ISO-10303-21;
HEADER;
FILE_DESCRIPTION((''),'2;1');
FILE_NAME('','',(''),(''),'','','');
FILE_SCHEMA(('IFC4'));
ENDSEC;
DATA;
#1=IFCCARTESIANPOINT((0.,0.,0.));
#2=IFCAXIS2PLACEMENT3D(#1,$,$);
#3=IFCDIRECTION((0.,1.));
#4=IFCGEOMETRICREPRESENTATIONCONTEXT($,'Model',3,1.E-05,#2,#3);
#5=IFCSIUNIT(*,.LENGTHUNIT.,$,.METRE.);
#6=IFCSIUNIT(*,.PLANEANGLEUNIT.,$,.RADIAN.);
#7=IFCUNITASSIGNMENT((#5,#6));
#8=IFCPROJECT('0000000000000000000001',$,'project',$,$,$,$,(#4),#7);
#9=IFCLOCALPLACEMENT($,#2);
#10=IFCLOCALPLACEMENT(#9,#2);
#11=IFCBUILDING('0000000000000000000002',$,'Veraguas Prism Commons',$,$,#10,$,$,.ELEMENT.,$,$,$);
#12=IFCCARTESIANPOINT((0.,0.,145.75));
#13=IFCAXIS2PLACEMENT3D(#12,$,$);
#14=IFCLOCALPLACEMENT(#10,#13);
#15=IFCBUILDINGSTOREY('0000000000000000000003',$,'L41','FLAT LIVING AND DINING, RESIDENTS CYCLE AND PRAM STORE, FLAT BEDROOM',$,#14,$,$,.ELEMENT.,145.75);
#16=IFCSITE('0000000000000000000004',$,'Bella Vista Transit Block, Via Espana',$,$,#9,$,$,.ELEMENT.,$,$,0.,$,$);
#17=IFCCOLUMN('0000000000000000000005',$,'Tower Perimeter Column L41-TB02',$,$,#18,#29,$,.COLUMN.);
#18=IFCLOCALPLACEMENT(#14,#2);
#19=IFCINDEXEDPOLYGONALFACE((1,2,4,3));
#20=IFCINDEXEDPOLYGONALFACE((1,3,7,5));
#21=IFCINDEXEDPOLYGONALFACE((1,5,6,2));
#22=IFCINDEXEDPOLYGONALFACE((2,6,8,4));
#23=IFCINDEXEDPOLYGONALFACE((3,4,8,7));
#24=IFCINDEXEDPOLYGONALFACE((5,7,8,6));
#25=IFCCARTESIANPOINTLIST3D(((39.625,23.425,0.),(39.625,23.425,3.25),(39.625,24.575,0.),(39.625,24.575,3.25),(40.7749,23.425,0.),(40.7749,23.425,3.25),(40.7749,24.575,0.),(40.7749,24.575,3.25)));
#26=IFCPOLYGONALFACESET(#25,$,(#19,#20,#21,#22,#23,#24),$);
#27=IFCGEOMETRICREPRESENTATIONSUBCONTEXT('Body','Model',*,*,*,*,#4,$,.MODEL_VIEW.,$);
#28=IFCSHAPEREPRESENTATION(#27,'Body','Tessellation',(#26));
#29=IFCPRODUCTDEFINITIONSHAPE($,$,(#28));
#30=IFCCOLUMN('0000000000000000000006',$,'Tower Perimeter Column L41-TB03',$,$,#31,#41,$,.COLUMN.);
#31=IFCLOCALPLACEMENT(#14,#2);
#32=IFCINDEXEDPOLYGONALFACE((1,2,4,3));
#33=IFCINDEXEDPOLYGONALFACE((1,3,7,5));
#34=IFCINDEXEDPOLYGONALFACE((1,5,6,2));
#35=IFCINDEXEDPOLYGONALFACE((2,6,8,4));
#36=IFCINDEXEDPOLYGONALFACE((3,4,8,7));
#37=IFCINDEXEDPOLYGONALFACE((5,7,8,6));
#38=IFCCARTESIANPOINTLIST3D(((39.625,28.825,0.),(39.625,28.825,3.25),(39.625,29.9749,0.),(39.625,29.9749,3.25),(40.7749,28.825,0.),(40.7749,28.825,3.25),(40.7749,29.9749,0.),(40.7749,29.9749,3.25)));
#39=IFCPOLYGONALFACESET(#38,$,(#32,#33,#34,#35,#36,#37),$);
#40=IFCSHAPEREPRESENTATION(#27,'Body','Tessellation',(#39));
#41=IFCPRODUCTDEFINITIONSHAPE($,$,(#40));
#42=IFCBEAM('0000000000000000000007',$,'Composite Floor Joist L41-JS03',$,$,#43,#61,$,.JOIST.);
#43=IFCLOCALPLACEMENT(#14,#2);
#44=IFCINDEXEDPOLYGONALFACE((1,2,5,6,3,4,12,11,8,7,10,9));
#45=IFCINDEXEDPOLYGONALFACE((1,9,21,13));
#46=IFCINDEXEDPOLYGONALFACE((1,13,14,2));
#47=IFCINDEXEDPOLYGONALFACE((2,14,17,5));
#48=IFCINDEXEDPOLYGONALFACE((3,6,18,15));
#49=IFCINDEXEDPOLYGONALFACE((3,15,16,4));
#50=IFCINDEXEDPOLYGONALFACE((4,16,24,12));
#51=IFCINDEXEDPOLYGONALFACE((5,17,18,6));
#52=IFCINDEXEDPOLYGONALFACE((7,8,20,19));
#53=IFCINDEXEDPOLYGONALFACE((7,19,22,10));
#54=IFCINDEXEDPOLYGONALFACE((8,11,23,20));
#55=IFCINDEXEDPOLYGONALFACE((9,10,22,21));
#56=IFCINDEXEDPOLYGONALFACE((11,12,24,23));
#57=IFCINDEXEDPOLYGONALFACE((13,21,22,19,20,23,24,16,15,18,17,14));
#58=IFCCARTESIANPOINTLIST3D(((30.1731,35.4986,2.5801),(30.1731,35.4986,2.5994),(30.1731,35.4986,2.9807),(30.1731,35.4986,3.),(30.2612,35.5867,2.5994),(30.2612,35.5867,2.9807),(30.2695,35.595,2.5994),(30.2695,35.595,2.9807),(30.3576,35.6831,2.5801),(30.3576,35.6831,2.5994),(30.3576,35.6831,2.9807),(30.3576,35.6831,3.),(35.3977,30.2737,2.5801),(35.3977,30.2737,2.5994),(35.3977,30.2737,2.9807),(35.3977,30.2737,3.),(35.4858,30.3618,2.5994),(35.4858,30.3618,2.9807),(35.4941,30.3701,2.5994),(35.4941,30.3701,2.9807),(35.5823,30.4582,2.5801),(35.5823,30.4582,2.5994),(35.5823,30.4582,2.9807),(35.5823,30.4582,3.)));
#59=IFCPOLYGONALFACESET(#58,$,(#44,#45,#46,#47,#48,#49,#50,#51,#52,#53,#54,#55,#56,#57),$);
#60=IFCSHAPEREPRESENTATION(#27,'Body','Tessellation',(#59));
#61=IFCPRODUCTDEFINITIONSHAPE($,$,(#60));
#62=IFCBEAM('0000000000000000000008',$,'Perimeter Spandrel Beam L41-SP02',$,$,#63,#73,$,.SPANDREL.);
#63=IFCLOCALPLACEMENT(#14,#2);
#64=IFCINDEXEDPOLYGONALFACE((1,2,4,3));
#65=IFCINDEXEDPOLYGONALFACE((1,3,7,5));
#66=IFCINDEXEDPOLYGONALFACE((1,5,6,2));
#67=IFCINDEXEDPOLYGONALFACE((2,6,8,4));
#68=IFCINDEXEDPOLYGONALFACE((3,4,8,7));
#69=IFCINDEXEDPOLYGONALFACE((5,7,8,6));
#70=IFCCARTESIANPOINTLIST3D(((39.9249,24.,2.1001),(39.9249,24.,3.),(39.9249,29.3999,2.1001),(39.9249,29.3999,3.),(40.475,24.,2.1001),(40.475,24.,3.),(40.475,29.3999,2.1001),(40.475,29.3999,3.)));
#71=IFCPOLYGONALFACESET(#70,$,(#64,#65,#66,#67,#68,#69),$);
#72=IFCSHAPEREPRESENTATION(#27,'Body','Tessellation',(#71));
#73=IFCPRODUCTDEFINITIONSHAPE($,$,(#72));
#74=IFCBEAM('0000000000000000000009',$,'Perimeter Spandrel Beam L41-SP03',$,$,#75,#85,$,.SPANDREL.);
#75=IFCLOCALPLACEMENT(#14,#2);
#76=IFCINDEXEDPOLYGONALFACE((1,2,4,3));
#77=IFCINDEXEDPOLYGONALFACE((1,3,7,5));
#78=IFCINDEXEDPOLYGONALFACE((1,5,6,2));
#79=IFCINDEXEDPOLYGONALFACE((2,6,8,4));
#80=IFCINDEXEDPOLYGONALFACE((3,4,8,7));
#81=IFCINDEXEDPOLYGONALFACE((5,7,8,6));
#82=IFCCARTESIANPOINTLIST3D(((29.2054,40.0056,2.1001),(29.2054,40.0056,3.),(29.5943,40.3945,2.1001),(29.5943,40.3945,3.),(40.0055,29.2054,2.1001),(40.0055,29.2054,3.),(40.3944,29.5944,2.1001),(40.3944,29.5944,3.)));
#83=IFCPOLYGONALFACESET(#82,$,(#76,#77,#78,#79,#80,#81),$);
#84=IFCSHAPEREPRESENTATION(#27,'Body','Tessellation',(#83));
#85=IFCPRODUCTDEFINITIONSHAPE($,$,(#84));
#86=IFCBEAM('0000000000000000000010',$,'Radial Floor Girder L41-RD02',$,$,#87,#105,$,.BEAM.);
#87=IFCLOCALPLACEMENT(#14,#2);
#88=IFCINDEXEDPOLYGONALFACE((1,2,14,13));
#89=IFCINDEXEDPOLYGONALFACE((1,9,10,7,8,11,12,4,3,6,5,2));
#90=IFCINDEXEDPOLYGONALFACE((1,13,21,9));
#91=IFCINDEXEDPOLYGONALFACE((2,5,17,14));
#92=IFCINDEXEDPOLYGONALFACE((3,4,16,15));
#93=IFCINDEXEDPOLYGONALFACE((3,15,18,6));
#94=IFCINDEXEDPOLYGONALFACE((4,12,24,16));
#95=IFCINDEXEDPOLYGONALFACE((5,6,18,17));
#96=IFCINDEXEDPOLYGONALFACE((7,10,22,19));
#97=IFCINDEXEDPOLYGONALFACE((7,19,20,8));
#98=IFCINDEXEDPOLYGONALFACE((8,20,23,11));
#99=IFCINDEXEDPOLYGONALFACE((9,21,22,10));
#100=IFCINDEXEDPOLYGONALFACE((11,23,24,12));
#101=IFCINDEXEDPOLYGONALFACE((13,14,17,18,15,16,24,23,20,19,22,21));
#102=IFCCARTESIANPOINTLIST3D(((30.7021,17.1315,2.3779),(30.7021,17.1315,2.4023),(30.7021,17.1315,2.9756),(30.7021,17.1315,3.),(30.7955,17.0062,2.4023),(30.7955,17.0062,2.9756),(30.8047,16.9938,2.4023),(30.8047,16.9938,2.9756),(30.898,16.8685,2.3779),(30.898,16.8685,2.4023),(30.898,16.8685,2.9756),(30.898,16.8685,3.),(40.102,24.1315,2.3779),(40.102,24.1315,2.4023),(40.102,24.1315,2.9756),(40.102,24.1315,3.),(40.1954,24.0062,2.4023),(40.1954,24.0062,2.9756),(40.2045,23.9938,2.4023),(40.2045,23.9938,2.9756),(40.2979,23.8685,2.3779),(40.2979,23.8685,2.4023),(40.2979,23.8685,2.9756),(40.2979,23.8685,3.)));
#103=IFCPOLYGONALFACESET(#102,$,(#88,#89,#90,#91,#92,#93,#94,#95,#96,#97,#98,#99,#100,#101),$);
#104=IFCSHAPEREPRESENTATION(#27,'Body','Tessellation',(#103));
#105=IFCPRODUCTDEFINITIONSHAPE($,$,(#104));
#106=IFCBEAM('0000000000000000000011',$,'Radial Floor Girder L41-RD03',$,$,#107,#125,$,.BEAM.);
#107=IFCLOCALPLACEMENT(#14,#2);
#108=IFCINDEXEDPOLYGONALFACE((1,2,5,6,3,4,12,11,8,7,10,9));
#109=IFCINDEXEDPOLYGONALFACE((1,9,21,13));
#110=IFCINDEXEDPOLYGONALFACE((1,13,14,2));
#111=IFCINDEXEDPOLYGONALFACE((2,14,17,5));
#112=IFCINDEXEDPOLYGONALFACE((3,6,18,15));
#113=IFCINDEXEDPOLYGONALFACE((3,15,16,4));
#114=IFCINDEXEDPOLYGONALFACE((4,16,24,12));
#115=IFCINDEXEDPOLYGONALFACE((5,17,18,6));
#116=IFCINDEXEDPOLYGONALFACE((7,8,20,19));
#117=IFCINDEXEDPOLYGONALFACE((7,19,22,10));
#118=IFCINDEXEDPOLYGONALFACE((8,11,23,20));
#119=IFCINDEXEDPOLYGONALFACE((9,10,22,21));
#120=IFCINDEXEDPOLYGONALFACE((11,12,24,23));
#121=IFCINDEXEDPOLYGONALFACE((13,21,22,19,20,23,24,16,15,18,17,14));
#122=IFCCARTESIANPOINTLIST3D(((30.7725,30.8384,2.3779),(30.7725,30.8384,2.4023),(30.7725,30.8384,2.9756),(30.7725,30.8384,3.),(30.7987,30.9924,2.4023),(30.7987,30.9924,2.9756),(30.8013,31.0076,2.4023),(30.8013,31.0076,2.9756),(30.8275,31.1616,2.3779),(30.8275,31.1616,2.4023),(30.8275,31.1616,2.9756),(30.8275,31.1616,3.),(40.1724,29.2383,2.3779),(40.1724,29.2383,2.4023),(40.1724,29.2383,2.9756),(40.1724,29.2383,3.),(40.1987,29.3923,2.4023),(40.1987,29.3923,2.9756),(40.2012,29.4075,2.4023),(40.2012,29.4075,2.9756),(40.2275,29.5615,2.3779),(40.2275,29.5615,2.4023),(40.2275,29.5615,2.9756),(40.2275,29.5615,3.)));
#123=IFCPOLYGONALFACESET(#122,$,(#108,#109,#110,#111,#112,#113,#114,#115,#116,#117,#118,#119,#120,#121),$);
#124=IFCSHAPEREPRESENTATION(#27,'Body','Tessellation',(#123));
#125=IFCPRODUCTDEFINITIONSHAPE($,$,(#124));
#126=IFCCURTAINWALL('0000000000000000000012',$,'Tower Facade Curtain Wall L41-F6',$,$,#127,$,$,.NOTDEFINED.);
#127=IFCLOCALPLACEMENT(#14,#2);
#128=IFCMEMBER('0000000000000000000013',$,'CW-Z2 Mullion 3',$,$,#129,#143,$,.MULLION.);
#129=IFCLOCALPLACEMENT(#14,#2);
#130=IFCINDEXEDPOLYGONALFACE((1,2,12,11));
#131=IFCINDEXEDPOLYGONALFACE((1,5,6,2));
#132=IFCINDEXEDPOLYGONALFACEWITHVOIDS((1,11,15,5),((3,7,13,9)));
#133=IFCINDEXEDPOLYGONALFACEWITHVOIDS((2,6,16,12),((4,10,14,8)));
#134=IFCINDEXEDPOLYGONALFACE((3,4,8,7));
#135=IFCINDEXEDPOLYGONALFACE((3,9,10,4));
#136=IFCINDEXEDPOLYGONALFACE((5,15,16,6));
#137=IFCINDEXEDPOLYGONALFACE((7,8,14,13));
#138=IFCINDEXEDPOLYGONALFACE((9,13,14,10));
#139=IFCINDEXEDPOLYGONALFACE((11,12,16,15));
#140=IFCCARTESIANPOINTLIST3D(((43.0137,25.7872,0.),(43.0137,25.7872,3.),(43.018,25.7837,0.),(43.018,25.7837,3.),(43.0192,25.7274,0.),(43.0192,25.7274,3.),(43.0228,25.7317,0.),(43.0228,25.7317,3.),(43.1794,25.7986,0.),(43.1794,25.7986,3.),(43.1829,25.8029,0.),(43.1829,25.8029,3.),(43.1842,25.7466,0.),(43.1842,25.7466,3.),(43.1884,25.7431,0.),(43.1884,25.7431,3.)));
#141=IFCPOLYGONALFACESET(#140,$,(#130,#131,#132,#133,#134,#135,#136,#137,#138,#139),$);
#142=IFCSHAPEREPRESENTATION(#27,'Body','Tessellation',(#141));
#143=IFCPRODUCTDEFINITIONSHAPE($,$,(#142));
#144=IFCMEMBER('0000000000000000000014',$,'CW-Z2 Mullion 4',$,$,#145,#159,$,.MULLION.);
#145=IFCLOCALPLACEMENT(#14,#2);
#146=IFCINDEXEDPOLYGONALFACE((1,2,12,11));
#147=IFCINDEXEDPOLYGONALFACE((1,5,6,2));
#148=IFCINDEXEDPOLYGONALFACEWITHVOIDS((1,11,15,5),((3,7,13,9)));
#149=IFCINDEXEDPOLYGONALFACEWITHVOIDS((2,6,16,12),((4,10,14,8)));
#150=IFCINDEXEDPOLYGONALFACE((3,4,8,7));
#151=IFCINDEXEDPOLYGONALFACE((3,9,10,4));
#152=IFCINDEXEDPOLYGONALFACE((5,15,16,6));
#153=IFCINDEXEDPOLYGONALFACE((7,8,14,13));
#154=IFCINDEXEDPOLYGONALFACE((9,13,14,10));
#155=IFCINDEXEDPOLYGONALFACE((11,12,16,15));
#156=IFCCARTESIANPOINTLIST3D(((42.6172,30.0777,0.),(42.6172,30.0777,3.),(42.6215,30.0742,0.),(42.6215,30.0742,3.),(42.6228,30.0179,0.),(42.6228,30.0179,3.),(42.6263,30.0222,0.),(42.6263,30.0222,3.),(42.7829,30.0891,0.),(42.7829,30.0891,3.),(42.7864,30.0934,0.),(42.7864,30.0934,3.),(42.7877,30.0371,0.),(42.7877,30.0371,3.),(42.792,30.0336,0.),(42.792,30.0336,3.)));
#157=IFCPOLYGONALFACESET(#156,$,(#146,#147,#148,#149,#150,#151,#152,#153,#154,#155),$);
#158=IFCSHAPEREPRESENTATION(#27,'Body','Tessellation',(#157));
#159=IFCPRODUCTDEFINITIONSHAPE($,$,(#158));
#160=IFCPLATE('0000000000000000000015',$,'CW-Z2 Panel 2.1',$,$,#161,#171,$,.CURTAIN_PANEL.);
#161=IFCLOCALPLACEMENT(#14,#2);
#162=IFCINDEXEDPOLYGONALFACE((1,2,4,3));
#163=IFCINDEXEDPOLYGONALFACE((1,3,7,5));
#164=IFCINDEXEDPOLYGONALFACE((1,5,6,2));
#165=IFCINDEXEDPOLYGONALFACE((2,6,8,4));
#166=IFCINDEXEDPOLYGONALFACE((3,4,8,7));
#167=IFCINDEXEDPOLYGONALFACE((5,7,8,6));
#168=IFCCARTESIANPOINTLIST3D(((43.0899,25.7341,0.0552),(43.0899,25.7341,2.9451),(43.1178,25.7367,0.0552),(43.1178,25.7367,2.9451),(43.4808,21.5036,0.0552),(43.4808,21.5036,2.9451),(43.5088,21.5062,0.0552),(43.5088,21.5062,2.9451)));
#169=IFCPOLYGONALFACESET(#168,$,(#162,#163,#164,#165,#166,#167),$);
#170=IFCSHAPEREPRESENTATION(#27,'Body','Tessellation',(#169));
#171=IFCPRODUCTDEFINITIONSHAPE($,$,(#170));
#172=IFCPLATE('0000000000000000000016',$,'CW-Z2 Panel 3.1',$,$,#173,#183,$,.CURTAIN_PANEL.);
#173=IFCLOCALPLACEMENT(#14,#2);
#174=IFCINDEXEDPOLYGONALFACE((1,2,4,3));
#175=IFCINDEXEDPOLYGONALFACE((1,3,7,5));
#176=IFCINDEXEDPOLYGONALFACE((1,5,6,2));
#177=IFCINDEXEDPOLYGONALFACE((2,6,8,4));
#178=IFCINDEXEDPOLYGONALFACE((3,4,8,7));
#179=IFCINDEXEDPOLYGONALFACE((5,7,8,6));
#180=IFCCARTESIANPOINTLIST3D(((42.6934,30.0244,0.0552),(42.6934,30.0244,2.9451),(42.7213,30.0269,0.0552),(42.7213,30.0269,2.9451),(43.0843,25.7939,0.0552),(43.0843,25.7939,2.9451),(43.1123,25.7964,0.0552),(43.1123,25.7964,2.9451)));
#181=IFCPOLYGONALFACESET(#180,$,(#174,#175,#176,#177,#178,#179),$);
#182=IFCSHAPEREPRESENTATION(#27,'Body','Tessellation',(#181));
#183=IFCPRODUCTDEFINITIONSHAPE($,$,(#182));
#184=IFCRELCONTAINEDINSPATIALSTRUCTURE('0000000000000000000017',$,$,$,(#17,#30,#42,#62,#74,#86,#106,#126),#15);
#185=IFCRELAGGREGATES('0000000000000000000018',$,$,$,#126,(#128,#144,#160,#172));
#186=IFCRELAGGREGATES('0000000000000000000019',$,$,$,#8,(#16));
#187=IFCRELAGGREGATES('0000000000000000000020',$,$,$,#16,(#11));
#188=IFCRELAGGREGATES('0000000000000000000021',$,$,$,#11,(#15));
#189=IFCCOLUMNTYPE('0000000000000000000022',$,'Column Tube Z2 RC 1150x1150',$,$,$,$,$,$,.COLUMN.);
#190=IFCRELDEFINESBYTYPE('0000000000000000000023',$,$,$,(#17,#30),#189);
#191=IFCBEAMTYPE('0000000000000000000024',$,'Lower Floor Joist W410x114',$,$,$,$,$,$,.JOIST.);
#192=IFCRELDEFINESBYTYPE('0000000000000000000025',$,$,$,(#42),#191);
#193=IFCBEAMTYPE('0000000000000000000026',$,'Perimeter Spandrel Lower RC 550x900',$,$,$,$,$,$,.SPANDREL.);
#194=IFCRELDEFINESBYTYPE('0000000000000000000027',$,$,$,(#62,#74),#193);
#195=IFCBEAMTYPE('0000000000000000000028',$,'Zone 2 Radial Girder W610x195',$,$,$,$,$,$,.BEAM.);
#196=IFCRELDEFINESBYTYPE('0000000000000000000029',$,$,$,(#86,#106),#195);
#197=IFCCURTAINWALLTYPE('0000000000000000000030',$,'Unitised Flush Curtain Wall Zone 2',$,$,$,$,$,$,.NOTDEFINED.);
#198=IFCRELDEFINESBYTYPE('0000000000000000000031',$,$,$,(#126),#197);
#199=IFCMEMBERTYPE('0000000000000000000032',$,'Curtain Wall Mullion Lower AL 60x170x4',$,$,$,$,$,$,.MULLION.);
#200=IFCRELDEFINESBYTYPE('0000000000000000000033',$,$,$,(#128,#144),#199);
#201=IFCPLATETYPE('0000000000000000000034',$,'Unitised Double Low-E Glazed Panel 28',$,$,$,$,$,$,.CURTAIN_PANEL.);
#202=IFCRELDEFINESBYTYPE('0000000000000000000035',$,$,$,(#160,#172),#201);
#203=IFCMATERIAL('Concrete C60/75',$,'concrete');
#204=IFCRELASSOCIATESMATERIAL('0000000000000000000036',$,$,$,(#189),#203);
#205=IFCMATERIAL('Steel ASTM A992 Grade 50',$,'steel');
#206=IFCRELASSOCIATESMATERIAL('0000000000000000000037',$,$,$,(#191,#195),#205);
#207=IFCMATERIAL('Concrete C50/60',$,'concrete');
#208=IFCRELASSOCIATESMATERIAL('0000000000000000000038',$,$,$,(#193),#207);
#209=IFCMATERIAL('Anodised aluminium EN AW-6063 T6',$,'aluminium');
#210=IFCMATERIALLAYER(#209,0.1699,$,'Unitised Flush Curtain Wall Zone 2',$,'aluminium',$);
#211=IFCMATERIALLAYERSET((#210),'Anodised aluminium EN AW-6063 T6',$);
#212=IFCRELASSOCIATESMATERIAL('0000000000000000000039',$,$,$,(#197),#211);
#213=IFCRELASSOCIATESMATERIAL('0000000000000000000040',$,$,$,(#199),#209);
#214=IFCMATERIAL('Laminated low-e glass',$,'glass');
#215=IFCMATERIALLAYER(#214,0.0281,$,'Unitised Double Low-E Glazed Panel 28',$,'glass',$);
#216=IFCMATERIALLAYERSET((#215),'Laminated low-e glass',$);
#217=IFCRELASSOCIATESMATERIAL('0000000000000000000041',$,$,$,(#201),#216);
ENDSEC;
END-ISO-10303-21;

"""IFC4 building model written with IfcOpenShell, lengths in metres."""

from ifc_helpers import new_model, si_unit, direction, frame, origin, origin_2d, place, context, subcontext, project, spatial, rectangle, hollow_rectangle, i_section, extrude, source, transform, mapped, material, layer, layer_set, material_profile, profile_set, type_object, element, aggregate, save


model = new_model("IFC4")

# Units and contexts
model_context = context("Model", 3, precision=1e-05, world=origin(), true_north=direction((0.0, 1.0)))
body_context = subcontext(model_context, "Body", "Model", "MODEL_VIEW")
ifc_project = project(units=[si_unit("LENGTHUNIT", "METRE"), si_unit("PLANEANGLEUNIT", "RADIAN")], contexts=[model_context])

# Site, building, storey
site_placement = place(None, origin())
site = spatial("IfcSite", under=ifc_project, at=site_placement, Name="Bella Vista Transit Block, Via Espana", CompositionType="ELEMENT", RefElevation=0.0)
building_placement = place(site_placement, origin())
building = spatial("IfcBuilding", under=site, at=building_placement, Name="Veraguas Prism Commons", CompositionType="ELEMENT")
storey_placement = place(building_placement, frame((0.0, 0.0, 145.75)))
storey = spatial("IfcBuildingStorey", under=building, at=storey_placement, Name="L41", Description="FLAT LIVING AND DINING, RESIDENTS CYCLE AND PRAM STORE, FLAT BEDROOM", CompositionType="ELEMENT", Elevation=145.75)

# Columns
ifc_material_1 = material(Name="Concrete C60/75", Category="concrete")
ifc_material_profile_1 = material_profile(ifc_material_1, rectangle(XDim=1.1499, YDim=1.1499, at=origin_2d()), Name="RC1150X1150")
ifc_profile_set_1 = profile_set([ifc_material_profile_1], Name="Concrete C60/75")
column_type = type_object("IfcColumnType", Name="Column Tube Z2 RC 1150x1150", PredefinedType="COLUMN", material=ifc_profile_set_1)
for number, where, z_axis, x_axis, name in (
    (1, (40.2, 24.0, 0.0), (0.0, 0.0, 1.0), (1.0, 0.0, 0.0), "Tower Perimeter Column L41-TB02"),
    (2, (40.2, 29.3999, 0.0), (0.0, 0.0, 1.0), (1.0, 0.0, 0.0), "Tower Perimeter Column L41-TB03"),
):
    element("IfcColumn", number, at=place(storey_placement, frame(where, z_axis=z_axis, x_axis=x_axis)), inside=storey, type_object=column_type, Name=name, PredefinedType="COLUMN", context=body_context, shape_type="SweptSolid", body=[
        extrude(rectangle(XDim=1.1499, YDim=1.1499, at=origin_2d()), origin(), (0.0, 0.0, 1.0), 3.25),
    ])

# Beams
ifc_material_2 = material(Name="Steel ASTM A992 Grade 50", Category="steel")
ifc_material_profile_2 = material_profile(ifc_material_2, i_section(OverallWidth=0.261, OverallDepth=0.4199, WebThickness=0.0117, FlangeThickness=0.0193, at=origin_2d()), Name="W410X114")
ifc_profile_set_2 = profile_set([ifc_material_profile_2], Name="Steel ASTM A992 Grade 50")
beam_type_1 = type_object("IfcBeamType", Name="Lower Floor Joist W410x114", PredefinedType="JOIST", material=ifc_profile_set_2)
beam_1_placement = place(storey_placement, frame((35.49, 30.366, 2.79), z_axis=(-0.70709, 0.707123, 0.0), x_axis=(-0.707123, -0.70709, 0.0)))
element("IfcBeam", 3, at=beam_1_placement, inside=storey, type_object=beam_type_1, Name="Composite Floor Joist L41-JS03", PredefinedType="JOIST", context=body_context, shape_type="SweptSolid", body=[
    extrude(i_section(OverallWidth=0.261, OverallDepth=0.4199, WebThickness=0.0117, FlangeThickness=0.0193, at=origin_2d()), origin(), (0.0, 0.0, 1.0), 7.3889),
])
ifc_material_3 = material(Name="Concrete C50/60", Category="concrete")
ifc_material_profile_3 = material_profile(ifc_material_3, rectangle(XDim=0.55, YDim=0.8999, at=origin_2d()), Name="RC550X900")
ifc_profile_set_3 = profile_set([ifc_material_profile_3], Name="Concrete C50/60")
beam_type_2 = type_object("IfcBeamType", Name="Perimeter Spandrel Lower RC 550x900", PredefinedType="SPANDREL", material=ifc_profile_set_3)
beam_2_placement = place(storey_placement, frame((40.2, 24.0, 2.55), z_axis=(0.0, 1.0, 0.0), x_axis=(-1.0, 0.0, 0.0)))
element("IfcBeam", 4, at=beam_2_placement, inside=storey, type_object=beam_type_2, Name="Perimeter Spandrel Beam L41-SP02", PredefinedType="SPANDREL", context=body_context, shape_type="SweptSolid", body=[
    extrude(rectangle(XDim=0.55, YDim=0.8999, at=origin_2d()), origin(), (0.0, 0.0, 1.0), 5.3999),
])
beam_3_placement = place(storey_placement, frame((40.2, 29.3999, 2.55), z_axis=(-0.707107, 0.707107, 0.0), x_axis=(-0.707107, -0.707107, 0.0)))
element("IfcBeam", 5, at=beam_3_placement, inside=storey, type_object=beam_type_2, Name="Perimeter Spandrel Beam L41-SP03", PredefinedType="SPANDREL", context=body_context, shape_type="SweptSolid", body=[
    extrude(rectangle(XDim=0.55, YDim=0.8999, at=origin_2d()), origin(), (0.0, 0.0, 1.0), 15.2737),
])
ifc_material_profile_4 = material_profile(ifc_material_2, i_section(OverallWidth=0.3279, OverallDepth=0.6221, WebThickness=0.0154, FlangeThickness=0.0244, at=origin_2d()), Name="W610X195")
ifc_profile_set_4 = profile_set([ifc_material_profile_4], Name="Steel ASTM A992 Grade 50")
beam_type_3 = type_object("IfcBeamType", Name="Zone 2 Radial Girder W610x195", PredefinedType="BEAM", material=ifc_profile_set_4)
beam_4_placement = place(storey_placement, frame((40.2, 24.0, 2.689), z_axis=(-0.80204, -0.59727, 0.0), x_axis=(0.59727, -0.80204, 0.0)))
element("IfcBeam", 6, at=beam_4_placement, inside=storey, type_object=beam_type_3, Name="Radial Floor Girder L41-RD02", PredefinedType="BEAM", context=body_context, shape_type="SweptSolid", body=[
    extrude(i_section(OverallWidth=0.3279, OverallDepth=0.6221, WebThickness=0.0154, FlangeThickness=0.0244, at=origin_2d()), origin(), (0.0, 0.0, 1.0), 11.72),
])
beam_5_placement = place(storey_placement, frame((40.2, 29.3999, 2.689), z_axis=(-0.985819, 0.167811, 0.0), x_axis=(-0.167811, -0.985819, 0.0)))
element("IfcBeam", 7, at=beam_5_placement, inside=storey, type_object=beam_type_3, Name="Radial Floor Girder L41-RD03", PredefinedType="BEAM", context=body_context, shape_type="SweptSolid", body=[
    extrude(i_section(OverallWidth=0.3279, OverallDepth=0.6221, WebThickness=0.0154, FlangeThickness=0.0244, at=origin_2d()), origin(), (0.0, 0.0, 1.0), 9.5352),
])

# Curtain wall, members, plates
ifc_material_4 = material(Name="Anodised aluminium EN AW-6063 T6", Category="aluminium")
ifc_layer_1 = layer(ifc_material_4, 0.1699, Name="Unitised Flush Curtain Wall Zone 2", Category="aluminium")
ifc_layer_set_1 = layer_set([ifc_layer_1], Name="Anodised aluminium EN AW-6063 T6")
curtain_wall_type = type_object("IfcCurtainWallType", Name="Unitised Flush Curtain Wall Zone 2", PredefinedType="NOTDEFINED", material=ifc_layer_set_1)
curtain_wall_placement = place(storey_placement, origin())
curtain_wall = element("IfcCurtainWall", 8, at=curtain_wall_placement, inside=storey, type_object=curtain_wall_type, Name="Tower Facade Curtain Wall L41-F6", PredefinedType="NOTDEFINED")
ifc_material_profile_5 = material_profile(ifc_material_4, hollow_rectangle(XDim=0.0601, YDim=0.1699, WallThickness=0.0039, at=origin_2d()), Name="AL60X170X4")
ifc_profile_set_5 = profile_set([ifc_material_profile_5], Name="Anodised aluminium EN AW-6063 T6")
member_type = type_object("IfcMemberType", Name="Curtain Wall Mullion Lower AL 60x170x4", PredefinedType="MULLION", material=ifc_profile_set_5)
shared_shape_1 = source(origin(), body_context, "Body", "SweptSolid", [
    extrude(hollow_rectangle(XDim=0.0601, YDim=0.1699, WallThickness=0.0039, at=origin_2d()), origin(), (0.0, 0.0, 1.0), 3.0),
])
member_1_placement = place(storey_placement, frame((43.1011, 25.7651, 0.0), z_axis=(0.0, 0.0, 1.0), x_axis=(-0.092025, 0.995757, 0.0)))
member_1 = element("IfcMember", 9, at=member_1_placement, type_object=member_type, Name="CW-Z2 Mullion 3", PredefinedType="MULLION", context=body_context, shape_type="MappedRepresentation", body=[
    mapped(shared_shape_1, transform((0.0, 0.0, 0.0), scale=1.0)),
])
member_2_placement = place(storey_placement, frame((42.7046, 30.0557, 0.0), z_axis=(0.0, 0.0, 1.0), x_axis=(-0.092025, 0.995757, 0.0)))
member_2 = element("IfcMember", 10, at=member_2_placement, type_object=member_type, Name="CW-Z2 Mullion 4", PredefinedType="MULLION", context=body_context, shape_type="MappedRepresentation", body=[
    mapped(shared_shape_1, transform((0.0, 0.0, 0.0), scale=1.0)),
])
ifc_material_5 = material(Name="Laminated low-e glass", Category="glass")
ifc_layer_2 = layer(ifc_material_5, 0.0281, Name="Unitised Double Low-E Glazed Panel 28", Category="glass")
ifc_layer_set_2 = layer_set([ifc_layer_2], Name="Laminated low-e glass")
plate_type = type_object("IfcPlateType", Name="Unitised Double Low-E Glazed Panel 28", PredefinedType="CURTAIN_PANEL", material=ifc_layer_set_2)
shared_shape_2 = source(origin(), body_context, "Body", "SweptSolid", [
    extrude(rectangle(XDim=4.2485, YDim=0.0281, at=origin_2d()), origin(), (0.0, 0.0, 1.0), 2.8899),
])
plate_1_placement = place(storey_placement, frame((43.2993, 23.6201, 0.0552), z_axis=(0.0, 0.0, 1.0), x_axis=(-0.092025, 0.995757, 0.0)))
plate_1 = element("IfcPlate", 11, at=plate_1_placement, type_object=plate_type, Name="CW-Z2 Panel 2.1", PredefinedType="CURTAIN_PANEL", context=body_context, shape_type="MappedRepresentation", body=[
    mapped(shared_shape_2, transform((0.0, 0.0, 0.0), scale=1.0)),
])
plate_2_placement = place(storey_placement, frame((42.9028, 27.9104, 0.0552), z_axis=(0.0, 0.0, 1.0), x_axis=(-0.092025, 0.995757, 0.0)))
plate_2 = element("IfcPlate", 12, at=plate_2_placement, type_object=plate_type, Name="CW-Z2 Panel 3.1", PredefinedType="CURTAIN_PANEL", context=body_context, shape_type="MappedRepresentation", body=[
    mapped(shared_shape_2, transform((0.0, 0.0, 0.0), scale=1.0)),
])
aggregate(curtain_wall, [member_1, member_2, plate_1, plate_2])

save(model, "model.ifc")
